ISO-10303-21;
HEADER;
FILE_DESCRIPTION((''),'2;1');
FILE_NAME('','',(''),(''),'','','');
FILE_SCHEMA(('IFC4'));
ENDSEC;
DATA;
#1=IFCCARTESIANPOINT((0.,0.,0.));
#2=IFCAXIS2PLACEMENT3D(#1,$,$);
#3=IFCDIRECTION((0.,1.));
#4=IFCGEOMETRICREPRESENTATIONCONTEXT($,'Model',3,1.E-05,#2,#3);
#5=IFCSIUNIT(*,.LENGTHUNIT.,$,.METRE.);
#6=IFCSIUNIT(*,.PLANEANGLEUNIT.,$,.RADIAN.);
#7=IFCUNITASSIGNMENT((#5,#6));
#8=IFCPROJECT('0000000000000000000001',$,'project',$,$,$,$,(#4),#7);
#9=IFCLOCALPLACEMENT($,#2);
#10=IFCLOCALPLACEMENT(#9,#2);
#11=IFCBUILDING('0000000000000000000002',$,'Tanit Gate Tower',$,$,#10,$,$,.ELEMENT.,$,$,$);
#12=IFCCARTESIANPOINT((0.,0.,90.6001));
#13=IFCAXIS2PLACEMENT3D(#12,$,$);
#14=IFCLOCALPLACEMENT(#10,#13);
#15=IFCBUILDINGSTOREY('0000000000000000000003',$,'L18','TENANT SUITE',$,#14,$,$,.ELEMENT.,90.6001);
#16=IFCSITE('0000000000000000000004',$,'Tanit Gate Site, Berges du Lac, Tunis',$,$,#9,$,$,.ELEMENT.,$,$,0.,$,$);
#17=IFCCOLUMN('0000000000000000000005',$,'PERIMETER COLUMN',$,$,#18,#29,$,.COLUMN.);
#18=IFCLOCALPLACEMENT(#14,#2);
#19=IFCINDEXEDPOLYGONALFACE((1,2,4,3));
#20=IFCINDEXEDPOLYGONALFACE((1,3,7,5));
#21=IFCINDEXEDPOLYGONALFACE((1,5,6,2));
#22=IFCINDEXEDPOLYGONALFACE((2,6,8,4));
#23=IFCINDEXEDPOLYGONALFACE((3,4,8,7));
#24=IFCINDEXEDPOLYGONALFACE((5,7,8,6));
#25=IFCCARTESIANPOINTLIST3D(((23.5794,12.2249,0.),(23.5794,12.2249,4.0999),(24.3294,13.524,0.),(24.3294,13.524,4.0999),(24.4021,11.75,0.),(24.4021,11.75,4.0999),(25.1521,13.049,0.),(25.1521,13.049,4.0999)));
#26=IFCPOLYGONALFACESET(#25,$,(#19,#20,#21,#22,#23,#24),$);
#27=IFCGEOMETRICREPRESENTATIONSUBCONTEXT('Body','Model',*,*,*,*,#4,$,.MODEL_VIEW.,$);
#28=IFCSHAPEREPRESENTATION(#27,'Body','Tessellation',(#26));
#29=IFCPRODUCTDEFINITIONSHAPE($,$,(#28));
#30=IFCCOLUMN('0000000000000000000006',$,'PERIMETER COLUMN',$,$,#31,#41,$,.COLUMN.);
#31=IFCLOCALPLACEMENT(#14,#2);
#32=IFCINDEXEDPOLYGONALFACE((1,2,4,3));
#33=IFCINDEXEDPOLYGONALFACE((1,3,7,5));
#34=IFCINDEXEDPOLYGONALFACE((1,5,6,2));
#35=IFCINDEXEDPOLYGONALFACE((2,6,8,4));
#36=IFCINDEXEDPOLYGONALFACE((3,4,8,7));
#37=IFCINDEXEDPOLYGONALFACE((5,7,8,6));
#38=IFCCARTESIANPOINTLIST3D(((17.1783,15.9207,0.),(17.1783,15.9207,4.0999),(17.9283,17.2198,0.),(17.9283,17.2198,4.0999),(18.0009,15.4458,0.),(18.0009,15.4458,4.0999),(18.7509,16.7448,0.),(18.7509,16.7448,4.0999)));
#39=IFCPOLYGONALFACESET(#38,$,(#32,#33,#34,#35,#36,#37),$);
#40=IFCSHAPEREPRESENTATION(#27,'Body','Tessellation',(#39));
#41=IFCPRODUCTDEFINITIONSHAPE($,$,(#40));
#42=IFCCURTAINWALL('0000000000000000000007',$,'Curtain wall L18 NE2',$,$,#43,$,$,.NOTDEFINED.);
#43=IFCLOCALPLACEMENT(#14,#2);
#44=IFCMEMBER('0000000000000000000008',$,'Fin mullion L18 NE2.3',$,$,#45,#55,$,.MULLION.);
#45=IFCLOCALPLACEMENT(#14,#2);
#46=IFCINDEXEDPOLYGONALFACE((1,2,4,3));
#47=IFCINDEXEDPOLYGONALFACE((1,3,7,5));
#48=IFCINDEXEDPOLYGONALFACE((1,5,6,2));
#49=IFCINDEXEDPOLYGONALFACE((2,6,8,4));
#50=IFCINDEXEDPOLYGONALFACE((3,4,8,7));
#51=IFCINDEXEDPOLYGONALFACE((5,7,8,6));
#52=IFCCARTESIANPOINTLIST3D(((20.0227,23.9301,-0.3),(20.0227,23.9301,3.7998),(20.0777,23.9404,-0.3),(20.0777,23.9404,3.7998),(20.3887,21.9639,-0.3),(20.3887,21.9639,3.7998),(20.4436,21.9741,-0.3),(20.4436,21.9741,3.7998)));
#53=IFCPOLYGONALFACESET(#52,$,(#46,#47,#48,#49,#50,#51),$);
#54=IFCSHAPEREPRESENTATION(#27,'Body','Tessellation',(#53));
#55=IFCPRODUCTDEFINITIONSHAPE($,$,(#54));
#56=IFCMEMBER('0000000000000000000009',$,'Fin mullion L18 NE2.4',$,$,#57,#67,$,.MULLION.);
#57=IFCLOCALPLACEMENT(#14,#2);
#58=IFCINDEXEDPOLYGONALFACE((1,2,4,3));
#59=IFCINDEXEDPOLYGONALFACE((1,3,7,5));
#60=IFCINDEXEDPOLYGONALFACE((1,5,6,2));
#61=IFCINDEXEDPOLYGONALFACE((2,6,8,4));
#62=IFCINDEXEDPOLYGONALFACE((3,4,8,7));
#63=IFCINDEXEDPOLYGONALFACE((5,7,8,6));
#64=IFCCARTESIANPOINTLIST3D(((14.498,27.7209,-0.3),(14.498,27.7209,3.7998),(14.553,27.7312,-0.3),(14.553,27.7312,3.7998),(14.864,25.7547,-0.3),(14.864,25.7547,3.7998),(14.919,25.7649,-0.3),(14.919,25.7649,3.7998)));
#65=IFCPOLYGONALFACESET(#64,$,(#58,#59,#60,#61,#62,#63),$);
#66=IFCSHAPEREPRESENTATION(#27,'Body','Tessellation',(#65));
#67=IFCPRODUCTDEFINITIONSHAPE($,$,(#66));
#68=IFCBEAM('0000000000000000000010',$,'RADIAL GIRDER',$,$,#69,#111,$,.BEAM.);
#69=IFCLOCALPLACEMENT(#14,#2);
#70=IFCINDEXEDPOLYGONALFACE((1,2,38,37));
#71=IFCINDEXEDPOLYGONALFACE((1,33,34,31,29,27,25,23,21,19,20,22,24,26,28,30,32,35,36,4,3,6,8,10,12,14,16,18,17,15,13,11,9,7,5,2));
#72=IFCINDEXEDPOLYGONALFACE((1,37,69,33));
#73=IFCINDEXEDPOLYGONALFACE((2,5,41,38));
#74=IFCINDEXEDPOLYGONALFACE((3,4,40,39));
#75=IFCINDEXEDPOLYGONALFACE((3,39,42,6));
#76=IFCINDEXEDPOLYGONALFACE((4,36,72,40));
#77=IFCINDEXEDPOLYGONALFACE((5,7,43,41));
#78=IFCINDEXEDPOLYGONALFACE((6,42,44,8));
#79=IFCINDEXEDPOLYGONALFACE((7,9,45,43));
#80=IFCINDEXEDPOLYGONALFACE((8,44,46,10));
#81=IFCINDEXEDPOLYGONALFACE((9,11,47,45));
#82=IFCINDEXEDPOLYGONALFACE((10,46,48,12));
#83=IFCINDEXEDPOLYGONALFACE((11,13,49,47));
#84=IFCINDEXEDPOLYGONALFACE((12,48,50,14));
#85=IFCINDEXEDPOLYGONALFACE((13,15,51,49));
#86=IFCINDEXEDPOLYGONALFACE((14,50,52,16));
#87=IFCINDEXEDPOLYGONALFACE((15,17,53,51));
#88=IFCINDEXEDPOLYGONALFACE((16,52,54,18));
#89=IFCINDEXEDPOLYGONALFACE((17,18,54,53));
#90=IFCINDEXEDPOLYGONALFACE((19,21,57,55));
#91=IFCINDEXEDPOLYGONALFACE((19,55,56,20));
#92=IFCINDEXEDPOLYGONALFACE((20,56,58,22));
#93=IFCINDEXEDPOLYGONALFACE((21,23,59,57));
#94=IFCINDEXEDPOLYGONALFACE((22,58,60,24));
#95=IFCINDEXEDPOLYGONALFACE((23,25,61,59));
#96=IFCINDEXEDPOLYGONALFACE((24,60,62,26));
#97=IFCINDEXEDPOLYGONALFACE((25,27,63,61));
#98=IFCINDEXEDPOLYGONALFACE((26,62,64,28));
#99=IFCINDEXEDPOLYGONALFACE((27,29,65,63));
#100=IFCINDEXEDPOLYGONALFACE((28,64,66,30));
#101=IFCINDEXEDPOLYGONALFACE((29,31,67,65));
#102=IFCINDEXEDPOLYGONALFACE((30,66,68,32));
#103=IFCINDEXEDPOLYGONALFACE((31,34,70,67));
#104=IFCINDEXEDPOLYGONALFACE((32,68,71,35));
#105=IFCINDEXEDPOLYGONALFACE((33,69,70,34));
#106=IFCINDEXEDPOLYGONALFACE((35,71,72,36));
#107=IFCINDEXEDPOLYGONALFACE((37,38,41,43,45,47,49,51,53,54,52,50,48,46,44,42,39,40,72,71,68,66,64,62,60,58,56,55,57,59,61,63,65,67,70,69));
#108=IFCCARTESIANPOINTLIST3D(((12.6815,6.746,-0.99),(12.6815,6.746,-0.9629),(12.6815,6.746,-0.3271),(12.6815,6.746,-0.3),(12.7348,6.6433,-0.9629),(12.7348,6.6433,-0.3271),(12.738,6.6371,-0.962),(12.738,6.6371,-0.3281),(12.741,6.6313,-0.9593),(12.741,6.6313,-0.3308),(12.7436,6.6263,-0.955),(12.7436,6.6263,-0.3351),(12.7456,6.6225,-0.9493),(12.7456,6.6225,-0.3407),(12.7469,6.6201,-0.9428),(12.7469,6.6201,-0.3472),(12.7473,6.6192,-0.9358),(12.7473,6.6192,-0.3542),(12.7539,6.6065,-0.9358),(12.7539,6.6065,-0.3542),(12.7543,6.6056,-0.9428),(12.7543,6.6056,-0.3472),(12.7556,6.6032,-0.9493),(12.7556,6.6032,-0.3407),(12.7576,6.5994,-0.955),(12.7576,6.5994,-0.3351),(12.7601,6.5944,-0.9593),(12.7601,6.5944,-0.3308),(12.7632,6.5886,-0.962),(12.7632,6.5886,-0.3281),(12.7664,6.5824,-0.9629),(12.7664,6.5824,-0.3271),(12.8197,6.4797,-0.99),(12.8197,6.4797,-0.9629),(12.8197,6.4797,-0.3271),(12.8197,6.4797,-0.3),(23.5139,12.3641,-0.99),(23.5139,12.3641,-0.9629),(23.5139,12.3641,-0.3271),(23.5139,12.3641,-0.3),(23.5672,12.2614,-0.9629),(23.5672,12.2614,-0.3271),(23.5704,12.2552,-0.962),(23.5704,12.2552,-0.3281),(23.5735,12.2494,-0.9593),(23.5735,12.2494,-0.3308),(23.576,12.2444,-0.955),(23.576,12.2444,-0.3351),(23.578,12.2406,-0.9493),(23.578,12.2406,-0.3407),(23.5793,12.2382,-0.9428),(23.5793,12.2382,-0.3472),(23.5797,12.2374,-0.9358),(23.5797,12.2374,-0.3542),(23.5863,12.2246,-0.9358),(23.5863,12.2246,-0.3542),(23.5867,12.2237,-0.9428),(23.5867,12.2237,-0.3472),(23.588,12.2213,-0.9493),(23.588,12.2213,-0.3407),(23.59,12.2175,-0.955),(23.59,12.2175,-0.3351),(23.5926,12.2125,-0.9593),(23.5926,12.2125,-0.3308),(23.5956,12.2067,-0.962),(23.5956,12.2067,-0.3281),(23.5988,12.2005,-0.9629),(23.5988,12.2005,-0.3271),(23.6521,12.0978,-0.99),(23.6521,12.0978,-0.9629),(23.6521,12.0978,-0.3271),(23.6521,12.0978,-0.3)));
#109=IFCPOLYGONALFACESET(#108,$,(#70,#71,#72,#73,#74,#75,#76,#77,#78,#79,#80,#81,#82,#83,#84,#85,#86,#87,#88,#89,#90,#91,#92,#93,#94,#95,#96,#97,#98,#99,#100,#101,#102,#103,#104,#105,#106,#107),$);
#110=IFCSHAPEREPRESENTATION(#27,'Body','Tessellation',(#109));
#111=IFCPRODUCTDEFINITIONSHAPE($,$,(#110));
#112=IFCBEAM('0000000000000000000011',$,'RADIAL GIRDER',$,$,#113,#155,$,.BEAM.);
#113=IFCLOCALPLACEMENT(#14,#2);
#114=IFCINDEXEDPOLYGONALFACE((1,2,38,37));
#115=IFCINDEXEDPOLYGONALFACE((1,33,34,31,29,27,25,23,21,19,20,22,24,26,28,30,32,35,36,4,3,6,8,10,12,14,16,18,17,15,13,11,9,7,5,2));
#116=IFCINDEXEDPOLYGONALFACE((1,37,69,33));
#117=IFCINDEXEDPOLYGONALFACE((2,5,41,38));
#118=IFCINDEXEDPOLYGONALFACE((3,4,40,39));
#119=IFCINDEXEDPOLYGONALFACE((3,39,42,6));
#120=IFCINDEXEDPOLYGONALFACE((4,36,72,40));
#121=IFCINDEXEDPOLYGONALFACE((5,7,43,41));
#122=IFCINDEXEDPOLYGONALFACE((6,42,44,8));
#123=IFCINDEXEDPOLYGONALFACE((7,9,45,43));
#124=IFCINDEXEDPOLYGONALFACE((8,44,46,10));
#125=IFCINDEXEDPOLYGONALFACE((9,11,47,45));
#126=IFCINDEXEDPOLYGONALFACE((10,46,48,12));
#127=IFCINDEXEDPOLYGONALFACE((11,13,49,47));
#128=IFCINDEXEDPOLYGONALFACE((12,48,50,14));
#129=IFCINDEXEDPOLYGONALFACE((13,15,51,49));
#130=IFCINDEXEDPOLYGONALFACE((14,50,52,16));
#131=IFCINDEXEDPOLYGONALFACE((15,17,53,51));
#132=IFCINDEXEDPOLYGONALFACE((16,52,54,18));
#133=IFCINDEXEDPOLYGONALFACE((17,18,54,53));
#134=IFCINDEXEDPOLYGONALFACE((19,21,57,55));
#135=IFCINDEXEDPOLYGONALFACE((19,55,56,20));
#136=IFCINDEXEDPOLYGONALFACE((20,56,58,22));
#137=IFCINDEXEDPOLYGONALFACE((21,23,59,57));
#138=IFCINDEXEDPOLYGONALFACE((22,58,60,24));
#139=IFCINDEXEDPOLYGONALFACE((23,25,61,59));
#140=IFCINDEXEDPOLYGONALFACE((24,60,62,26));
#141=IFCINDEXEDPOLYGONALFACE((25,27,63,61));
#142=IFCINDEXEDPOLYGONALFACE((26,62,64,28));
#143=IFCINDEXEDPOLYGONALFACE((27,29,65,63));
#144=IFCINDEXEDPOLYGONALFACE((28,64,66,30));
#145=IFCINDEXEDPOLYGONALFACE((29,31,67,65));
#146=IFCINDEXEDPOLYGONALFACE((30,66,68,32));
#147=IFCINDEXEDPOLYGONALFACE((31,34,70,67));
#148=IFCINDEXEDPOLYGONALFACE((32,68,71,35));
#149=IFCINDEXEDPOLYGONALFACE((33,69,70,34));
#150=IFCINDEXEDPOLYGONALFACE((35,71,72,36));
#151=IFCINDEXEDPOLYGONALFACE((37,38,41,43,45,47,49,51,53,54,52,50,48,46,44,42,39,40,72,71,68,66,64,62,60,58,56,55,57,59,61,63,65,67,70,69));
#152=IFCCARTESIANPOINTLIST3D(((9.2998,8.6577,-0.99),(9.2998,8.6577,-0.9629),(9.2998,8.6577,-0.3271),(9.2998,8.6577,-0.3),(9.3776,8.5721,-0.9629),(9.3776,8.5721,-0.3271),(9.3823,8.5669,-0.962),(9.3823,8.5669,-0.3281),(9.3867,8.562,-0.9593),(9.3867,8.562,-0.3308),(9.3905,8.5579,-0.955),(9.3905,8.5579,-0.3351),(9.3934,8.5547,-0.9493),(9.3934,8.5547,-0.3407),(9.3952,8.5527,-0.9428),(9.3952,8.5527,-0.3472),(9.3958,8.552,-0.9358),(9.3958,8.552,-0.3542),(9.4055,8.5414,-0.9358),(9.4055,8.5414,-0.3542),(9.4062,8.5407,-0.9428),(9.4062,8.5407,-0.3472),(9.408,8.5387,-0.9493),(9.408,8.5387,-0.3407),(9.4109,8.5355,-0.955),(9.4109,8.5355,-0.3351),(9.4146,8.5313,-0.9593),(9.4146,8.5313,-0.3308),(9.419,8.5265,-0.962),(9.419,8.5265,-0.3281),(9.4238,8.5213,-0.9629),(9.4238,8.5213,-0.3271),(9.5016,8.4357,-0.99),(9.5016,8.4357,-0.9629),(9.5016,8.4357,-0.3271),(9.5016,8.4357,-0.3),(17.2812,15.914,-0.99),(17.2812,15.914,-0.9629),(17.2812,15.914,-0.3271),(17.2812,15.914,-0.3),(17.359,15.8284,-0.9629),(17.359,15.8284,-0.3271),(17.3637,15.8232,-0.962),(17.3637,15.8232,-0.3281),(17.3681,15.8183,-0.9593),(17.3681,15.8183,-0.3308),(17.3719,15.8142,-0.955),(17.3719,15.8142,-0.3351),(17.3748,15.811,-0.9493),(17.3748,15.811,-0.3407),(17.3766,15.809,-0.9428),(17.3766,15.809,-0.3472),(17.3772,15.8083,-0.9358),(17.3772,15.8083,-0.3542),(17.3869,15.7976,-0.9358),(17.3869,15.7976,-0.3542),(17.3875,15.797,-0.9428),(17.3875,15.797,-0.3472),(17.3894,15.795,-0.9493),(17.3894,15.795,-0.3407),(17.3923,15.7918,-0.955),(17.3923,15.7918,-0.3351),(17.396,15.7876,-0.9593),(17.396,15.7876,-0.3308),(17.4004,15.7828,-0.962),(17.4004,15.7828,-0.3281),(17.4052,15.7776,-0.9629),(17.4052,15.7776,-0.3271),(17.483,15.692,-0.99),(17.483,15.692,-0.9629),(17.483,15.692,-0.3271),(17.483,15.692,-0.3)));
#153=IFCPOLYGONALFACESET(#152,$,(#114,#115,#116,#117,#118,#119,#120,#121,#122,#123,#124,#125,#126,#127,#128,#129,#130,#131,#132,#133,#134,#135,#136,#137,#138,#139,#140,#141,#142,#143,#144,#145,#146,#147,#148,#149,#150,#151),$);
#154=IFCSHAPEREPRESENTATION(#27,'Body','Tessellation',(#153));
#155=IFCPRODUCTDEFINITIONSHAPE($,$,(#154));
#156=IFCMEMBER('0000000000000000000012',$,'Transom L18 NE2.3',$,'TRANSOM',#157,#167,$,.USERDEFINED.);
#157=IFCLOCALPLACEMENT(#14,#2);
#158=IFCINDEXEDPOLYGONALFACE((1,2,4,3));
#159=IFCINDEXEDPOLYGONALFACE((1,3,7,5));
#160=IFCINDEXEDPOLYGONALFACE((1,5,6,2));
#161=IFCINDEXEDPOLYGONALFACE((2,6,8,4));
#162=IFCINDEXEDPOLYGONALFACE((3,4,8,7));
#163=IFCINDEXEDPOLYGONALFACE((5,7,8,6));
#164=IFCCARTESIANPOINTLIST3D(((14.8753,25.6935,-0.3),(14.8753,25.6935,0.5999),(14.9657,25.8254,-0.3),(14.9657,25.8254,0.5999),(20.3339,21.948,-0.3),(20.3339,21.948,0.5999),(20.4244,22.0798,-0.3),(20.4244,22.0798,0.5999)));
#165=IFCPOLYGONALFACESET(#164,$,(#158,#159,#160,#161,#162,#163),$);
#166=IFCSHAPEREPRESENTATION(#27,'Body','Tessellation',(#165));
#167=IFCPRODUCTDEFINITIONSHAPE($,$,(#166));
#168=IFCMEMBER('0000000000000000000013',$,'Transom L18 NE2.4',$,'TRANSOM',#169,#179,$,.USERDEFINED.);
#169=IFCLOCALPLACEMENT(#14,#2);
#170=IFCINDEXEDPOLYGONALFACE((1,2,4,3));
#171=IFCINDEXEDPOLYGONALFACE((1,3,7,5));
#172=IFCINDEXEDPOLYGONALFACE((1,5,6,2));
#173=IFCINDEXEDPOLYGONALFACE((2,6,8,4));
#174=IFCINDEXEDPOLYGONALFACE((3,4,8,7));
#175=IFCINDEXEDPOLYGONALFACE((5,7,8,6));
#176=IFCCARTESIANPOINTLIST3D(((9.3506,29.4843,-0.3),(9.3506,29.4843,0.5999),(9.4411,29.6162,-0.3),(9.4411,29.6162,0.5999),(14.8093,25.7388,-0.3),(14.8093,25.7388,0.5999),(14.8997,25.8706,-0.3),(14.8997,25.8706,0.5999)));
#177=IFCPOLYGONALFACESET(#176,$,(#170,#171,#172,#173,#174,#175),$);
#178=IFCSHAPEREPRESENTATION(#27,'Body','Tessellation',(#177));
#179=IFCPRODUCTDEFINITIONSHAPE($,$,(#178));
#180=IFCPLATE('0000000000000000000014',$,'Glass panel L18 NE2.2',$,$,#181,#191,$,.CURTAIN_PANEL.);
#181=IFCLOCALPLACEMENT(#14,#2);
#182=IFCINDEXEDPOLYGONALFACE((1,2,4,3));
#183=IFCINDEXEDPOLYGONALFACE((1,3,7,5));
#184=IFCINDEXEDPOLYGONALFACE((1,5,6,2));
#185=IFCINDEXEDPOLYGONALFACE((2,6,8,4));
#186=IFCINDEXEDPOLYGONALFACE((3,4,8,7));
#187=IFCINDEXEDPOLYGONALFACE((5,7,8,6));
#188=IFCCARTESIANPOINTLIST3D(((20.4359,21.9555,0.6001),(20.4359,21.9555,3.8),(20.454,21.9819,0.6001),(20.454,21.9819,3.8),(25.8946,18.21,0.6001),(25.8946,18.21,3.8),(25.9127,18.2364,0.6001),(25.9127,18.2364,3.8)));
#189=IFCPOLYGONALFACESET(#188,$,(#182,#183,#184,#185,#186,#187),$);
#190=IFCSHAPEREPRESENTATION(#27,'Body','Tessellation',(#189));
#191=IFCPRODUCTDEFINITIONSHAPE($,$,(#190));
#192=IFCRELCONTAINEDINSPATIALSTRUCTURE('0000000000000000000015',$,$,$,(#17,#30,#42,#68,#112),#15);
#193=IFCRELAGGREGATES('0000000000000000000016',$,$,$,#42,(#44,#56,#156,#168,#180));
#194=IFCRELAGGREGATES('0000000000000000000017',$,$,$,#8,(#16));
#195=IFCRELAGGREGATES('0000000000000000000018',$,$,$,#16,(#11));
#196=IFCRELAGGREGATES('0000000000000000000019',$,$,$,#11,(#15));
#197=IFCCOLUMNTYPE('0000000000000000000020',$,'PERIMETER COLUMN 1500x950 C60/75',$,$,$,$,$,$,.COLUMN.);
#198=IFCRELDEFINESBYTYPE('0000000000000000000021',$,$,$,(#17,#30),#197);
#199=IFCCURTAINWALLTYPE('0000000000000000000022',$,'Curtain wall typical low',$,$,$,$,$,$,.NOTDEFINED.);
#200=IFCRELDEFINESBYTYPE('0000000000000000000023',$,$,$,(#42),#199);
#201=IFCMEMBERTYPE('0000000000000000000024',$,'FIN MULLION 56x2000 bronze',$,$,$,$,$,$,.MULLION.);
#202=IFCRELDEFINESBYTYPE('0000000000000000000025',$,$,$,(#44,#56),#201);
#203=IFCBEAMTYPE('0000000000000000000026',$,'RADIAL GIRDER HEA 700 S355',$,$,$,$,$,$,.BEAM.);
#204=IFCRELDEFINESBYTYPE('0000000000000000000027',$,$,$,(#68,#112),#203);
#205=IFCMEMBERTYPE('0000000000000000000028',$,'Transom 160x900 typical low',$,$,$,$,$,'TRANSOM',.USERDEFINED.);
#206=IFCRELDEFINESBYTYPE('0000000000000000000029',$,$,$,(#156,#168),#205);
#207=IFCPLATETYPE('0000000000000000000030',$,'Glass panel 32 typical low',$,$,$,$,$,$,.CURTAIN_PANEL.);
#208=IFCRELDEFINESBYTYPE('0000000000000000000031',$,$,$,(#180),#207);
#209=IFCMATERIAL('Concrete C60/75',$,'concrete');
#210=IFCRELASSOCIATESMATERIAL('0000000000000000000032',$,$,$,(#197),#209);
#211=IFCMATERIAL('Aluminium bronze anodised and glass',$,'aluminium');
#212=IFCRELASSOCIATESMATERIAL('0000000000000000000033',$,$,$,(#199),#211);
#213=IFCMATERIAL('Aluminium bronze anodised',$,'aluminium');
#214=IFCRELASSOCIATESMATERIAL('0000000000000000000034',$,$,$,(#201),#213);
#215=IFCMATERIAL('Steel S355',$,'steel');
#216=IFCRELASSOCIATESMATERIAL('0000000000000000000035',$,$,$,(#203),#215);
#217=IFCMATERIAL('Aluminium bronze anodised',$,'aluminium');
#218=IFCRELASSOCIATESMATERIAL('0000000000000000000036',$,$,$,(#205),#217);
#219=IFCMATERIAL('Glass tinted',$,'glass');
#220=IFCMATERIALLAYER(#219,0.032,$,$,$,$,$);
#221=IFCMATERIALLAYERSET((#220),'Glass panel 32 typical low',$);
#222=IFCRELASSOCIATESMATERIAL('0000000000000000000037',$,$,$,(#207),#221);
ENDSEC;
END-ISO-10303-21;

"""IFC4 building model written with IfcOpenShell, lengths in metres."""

from ifc_helpers import new_model, si_unit, direction, frame, origin, origin_2d, place, context, subcontext, project, spatial, rectangle, i_section, extrude, material, layer, layer_set, material_profile, profile_set, type_object, element, aggregate, save


model = new_model("IFC4")

# Units and contexts
model_context = context("Model", 3, precision=1e-05, world=origin(), true_north=direction((0.0, 1.0)))
body_context = subcontext(model_context, "Body", "Model", "MODEL_VIEW")
ifc_project = project(units=[si_unit("LENGTHUNIT", "METRE"), si_unit("PLANEANGLEUNIT", "RADIAN")], contexts=[model_context])

# Site, building, storey
site_placement = place(None, origin())
site = spatial("IfcSite", under=ifc_project, at=site_placement, Name="Tanit Gate Site, Berges du Lac, Tunis", CompositionType="ELEMENT", RefElevation=0.0)
building_placement = place(site_placement, origin())
building = spatial("IfcBuilding", under=site, at=building_placement, Name="Tanit Gate Tower", CompositionType="ELEMENT")
storey_placement = place(building_placement, frame((0.0, 0.0, 90.6001)))
storey = spatial("IfcBuildingStorey", under=building, at=storey_placement, Name="L18", Description="TENANT SUITE", CompositionType="ELEMENT", Elevation=90.6001)

# Columns
ifc_material_1 = material(Name="Concrete C60/75", Category="concrete")
ifc_material_profile_1 = material_profile(ifc_material_1, rectangle(XDim=1.5, YDim=0.95, at=origin_2d()), Name="RC 1500x950")
ifc_profile_set_1 = profile_set([ifc_material_profile_1], Name="Concrete C60/75")
column_type = type_object("IfcColumnType", Name="PERIMETER COLUMN 1500x950 C60/75", PredefinedType="COLUMN", material=ifc_profile_set_1)
for number, where, z_axis, x_axis, name in (
    (1, (24.3657, 12.637, 0.0), (0.0, 0.0, 1.0), (0.5, 0.866025, 0.0), "PERIMETER COLUMN"),
    (2, (17.9646, 16.3328, 0.0), (0.0, 0.0, 1.0), (0.5, 0.866025, 0.0), "PERIMETER COLUMN"),
):
    element("IfcColumn", number, at=place(storey_placement, frame(where, z_axis=z_axis, x_axis=x_axis)), inside=storey, type_object=column_type, Name=name, PredefinedType="COLUMN", context=body_context, shape_type="SweptSolid", body=[
        extrude(rectangle(XDim=1.5, YDim=0.95, at=origin_2d()), origin(), (0.0, 0.0, 1.0), 4.0999),
    ])

# Curtain wall, members
ifc_material_2 = material(Name="Aluminium bronze anodised and glass", Category="aluminium")
curtain_wall_type = type_object("IfcCurtainWallType", Name="Curtain wall typical low", PredefinedType="NOTDEFINED", material=ifc_material_2)
curtain_wall_placement = place(storey_placement, origin())
curtain_wall = element("IfcCurtainWall", 3, at=curtain_wall_placement, inside=storey, type_object=curtain_wall_type, Name="Curtain wall L18 NE2", PredefinedType="NOTDEFINED")
ifc_material_3 = material(Name="Aluminium bronze anodised", Category="aluminium")
ifc_material_profile_2 = material_profile(ifc_material_3, rectangle(XDim=2.0, YDim=0.0559, at=origin_2d()), Name="56x2000 bronze fin mullion")
ifc_profile_set_2 = profile_set([ifc_material_profile_2], Name="Aluminium bronze anodised")
member_type_1 = type_object("IfcMemberType", Name="FIN MULLION 56x2000 bronze", PredefinedType="MULLION", material=ifc_profile_set_2)
member_1_placement = place(storey_placement, frame((20.2332, 22.9521, -0.3), z_axis=(0.0, 0.0, 1.0), x_axis=(0.182983, -0.983116, 0.0)))
member_1 = element("IfcMember", 4, at=member_1_placement, type_object=member_type_1, Name="Fin mullion L18 NE2.3", PredefinedType="MULLION", context=body_context, shape_type="SweptSolid", body=[
    extrude(rectangle(XDim=2.0, YDim=0.0559, at=origin_2d()), origin(), (0.0, 0.0, 1.0), 4.0999),
])
member_2_placement = place(storey_placement, frame((14.7085, 26.7429, -0.3), z_axis=(0.0, 0.0, 1.0), x_axis=(0.182983, -0.983116, 0.0)))
member_2 = element("IfcMember", 5, at=member_2_placement, type_object=member_type_1, Name="Fin mullion L18 NE2.4", PredefinedType="MULLION", context=body_context, shape_type="SweptSolid", body=[
    extrude(rectangle(XDim=2.0, YDim=0.0559, at=origin_2d()), origin(), (0.0, 0.0, 1.0), 4.0999),
])

# Beams
ifc_material_4 = material(Name="Steel S355", Category="steel")
ifc_material_profile_3 = material_profile(ifc_material_4, i_section(OverallWidth=0.3, OverallDepth=0.6899, WebThickness=0.0144, FlangeThickness=0.0271, FilletRadius=0.0271, at=origin_2d()), Name="HEA 700")
ifc_profile_set_3 = profile_set([ifc_material_profile_3], Name="Steel S355")
beam_type = type_object("IfcBeamType", Name="RADIAL GIRDER HEA 700 S355", PredefinedType="BEAM", material=ifc_profile_set_3)
beam_1_placement = place(storey_placement, frame((23.583, 12.231, -0.645), z_axis=(-0.887711, -0.460401, 0.0), x_axis=(0.460401, -0.887711, 0.0)))
element("IfcBeam", 6, at=beam_1_placement, inside=storey, type_object=beam_type, Name="RADIAL GIRDER", PredefinedType="BEAM", context=body_context, shape_type="SweptSolid", body=[
    extrude(i_section(OverallWidth=0.3, OverallDepth=0.6899, WebThickness=0.0144, FlangeThickness=0.0271, FilletRadius=0.0271, at=origin_2d()), origin(), (0.0, 0.0, 1.0), 12.2026),
])
beam_2_placement = place(storey_placement, frame((17.3821, 15.803, -0.645), z_axis=(-0.739918, -0.672698, 0.0), x_axis=(0.672698, -0.739918, 0.0)))
element("IfcBeam", 7, at=beam_2_placement, inside=storey, type_object=beam_type, Name="RADIAL GIRDER", PredefinedType="BEAM", context=body_context, shape_type="SweptSolid", body=[
    extrude(i_section(OverallWidth=0.3, OverallDepth=0.6899, WebThickness=0.0144, FlangeThickness=0.0271, FilletRadius=0.0271, at=origin_2d()), origin(), (0.0, 0.0, 1.0), 10.7869),
])

# Members
ifc_material_5 = material(Name="Aluminium bronze anodised", Category="aluminium")
ifc_material_profile_4 = material_profile(ifc_material_5, rectangle(XDim=0.1599, YDim=0.8999, at=origin_2d()), Name="160x900 bronze transom")
ifc_profile_set_4 = profile_set([ifc_material_profile_4], Name="Aluminium bronze anodised")
member_type_2 = type_object("IfcMemberType", Name="Transom 160x900 typical low", ElementType="TRANSOM", PredefinedType="USERDEFINED", material=ifc_profile_set_4)
member_3_placement = place(storey_placement, frame((20.3792, 22.0139, 0.1499), z_axis=(-0.824555, 0.565782, 0.0), x_axis=(-0.565782, -0.824555, 0.0)))
member_3 = element("IfcMember", 8, at=member_3_placement, type_object=member_type_2, Name="Transom L18 NE2.3", ObjectType="TRANSOM", PredefinedType="USERDEFINED", context=body_context, shape_type="SweptSolid", body=[
    extrude(rectangle(XDim=0.1599, YDim=0.8999, at=origin_2d()), origin(), (0.0, 0.0, 1.0), 6.6201),
])
member_4_placement = place(storey_placement, frame((14.8545, 25.8047, 0.1499), z_axis=(-0.824555, 0.565782, 0.0), x_axis=(-0.565782, -0.824555, 0.0)))
member_4 = element("IfcMember", 9, at=member_4_placement, type_object=member_type_2, Name="Transom L18 NE2.4", ObjectType="TRANSOM", PredefinedType="USERDEFINED", context=body_context, shape_type="SweptSolid", body=[
    extrude(rectangle(XDim=0.1599, YDim=0.8999, at=origin_2d()), origin(), (0.0, 0.0, 1.0), 6.6201),
])

# Plate
ifc_material_6 = material(Name="Glass tinted", Category="glass")
ifc_layer_1 = layer(ifc_material_6, 0.032)
ifc_layer_set_1 = layer_set([ifc_layer_1], Name="Glass panel 32 typical low")
plate_type = type_object("IfcPlateType", Name="Glass panel 32 typical low", PredefinedType="CURTAIN_PANEL", material=ifc_layer_set_1)
plate_1_placement = place(storey_placement, frame((23.1743, 20.0959, 0.6001), z_axis=(0.0, 0.0, 1.0), x_axis=(-0.824557, 0.56578, 0.0)))
plate_1 = element("IfcPlate", 10, at=plate_1_placement, type_object=plate_type, Name="Glass panel L18 NE2.2", PredefinedType="CURTAIN_PANEL", context=body_context, shape_type="SweptSolid", body=[
    extrude(rectangle(XDim=6.6201, YDim=0.032, at=origin_2d()), origin(), (0.0, 0.0, 1.0), 3.2),
])
aggregate(curtain_wall, [member_1, member_2, member_3, member_4, plate_1])

save(model, "model.ifc")
